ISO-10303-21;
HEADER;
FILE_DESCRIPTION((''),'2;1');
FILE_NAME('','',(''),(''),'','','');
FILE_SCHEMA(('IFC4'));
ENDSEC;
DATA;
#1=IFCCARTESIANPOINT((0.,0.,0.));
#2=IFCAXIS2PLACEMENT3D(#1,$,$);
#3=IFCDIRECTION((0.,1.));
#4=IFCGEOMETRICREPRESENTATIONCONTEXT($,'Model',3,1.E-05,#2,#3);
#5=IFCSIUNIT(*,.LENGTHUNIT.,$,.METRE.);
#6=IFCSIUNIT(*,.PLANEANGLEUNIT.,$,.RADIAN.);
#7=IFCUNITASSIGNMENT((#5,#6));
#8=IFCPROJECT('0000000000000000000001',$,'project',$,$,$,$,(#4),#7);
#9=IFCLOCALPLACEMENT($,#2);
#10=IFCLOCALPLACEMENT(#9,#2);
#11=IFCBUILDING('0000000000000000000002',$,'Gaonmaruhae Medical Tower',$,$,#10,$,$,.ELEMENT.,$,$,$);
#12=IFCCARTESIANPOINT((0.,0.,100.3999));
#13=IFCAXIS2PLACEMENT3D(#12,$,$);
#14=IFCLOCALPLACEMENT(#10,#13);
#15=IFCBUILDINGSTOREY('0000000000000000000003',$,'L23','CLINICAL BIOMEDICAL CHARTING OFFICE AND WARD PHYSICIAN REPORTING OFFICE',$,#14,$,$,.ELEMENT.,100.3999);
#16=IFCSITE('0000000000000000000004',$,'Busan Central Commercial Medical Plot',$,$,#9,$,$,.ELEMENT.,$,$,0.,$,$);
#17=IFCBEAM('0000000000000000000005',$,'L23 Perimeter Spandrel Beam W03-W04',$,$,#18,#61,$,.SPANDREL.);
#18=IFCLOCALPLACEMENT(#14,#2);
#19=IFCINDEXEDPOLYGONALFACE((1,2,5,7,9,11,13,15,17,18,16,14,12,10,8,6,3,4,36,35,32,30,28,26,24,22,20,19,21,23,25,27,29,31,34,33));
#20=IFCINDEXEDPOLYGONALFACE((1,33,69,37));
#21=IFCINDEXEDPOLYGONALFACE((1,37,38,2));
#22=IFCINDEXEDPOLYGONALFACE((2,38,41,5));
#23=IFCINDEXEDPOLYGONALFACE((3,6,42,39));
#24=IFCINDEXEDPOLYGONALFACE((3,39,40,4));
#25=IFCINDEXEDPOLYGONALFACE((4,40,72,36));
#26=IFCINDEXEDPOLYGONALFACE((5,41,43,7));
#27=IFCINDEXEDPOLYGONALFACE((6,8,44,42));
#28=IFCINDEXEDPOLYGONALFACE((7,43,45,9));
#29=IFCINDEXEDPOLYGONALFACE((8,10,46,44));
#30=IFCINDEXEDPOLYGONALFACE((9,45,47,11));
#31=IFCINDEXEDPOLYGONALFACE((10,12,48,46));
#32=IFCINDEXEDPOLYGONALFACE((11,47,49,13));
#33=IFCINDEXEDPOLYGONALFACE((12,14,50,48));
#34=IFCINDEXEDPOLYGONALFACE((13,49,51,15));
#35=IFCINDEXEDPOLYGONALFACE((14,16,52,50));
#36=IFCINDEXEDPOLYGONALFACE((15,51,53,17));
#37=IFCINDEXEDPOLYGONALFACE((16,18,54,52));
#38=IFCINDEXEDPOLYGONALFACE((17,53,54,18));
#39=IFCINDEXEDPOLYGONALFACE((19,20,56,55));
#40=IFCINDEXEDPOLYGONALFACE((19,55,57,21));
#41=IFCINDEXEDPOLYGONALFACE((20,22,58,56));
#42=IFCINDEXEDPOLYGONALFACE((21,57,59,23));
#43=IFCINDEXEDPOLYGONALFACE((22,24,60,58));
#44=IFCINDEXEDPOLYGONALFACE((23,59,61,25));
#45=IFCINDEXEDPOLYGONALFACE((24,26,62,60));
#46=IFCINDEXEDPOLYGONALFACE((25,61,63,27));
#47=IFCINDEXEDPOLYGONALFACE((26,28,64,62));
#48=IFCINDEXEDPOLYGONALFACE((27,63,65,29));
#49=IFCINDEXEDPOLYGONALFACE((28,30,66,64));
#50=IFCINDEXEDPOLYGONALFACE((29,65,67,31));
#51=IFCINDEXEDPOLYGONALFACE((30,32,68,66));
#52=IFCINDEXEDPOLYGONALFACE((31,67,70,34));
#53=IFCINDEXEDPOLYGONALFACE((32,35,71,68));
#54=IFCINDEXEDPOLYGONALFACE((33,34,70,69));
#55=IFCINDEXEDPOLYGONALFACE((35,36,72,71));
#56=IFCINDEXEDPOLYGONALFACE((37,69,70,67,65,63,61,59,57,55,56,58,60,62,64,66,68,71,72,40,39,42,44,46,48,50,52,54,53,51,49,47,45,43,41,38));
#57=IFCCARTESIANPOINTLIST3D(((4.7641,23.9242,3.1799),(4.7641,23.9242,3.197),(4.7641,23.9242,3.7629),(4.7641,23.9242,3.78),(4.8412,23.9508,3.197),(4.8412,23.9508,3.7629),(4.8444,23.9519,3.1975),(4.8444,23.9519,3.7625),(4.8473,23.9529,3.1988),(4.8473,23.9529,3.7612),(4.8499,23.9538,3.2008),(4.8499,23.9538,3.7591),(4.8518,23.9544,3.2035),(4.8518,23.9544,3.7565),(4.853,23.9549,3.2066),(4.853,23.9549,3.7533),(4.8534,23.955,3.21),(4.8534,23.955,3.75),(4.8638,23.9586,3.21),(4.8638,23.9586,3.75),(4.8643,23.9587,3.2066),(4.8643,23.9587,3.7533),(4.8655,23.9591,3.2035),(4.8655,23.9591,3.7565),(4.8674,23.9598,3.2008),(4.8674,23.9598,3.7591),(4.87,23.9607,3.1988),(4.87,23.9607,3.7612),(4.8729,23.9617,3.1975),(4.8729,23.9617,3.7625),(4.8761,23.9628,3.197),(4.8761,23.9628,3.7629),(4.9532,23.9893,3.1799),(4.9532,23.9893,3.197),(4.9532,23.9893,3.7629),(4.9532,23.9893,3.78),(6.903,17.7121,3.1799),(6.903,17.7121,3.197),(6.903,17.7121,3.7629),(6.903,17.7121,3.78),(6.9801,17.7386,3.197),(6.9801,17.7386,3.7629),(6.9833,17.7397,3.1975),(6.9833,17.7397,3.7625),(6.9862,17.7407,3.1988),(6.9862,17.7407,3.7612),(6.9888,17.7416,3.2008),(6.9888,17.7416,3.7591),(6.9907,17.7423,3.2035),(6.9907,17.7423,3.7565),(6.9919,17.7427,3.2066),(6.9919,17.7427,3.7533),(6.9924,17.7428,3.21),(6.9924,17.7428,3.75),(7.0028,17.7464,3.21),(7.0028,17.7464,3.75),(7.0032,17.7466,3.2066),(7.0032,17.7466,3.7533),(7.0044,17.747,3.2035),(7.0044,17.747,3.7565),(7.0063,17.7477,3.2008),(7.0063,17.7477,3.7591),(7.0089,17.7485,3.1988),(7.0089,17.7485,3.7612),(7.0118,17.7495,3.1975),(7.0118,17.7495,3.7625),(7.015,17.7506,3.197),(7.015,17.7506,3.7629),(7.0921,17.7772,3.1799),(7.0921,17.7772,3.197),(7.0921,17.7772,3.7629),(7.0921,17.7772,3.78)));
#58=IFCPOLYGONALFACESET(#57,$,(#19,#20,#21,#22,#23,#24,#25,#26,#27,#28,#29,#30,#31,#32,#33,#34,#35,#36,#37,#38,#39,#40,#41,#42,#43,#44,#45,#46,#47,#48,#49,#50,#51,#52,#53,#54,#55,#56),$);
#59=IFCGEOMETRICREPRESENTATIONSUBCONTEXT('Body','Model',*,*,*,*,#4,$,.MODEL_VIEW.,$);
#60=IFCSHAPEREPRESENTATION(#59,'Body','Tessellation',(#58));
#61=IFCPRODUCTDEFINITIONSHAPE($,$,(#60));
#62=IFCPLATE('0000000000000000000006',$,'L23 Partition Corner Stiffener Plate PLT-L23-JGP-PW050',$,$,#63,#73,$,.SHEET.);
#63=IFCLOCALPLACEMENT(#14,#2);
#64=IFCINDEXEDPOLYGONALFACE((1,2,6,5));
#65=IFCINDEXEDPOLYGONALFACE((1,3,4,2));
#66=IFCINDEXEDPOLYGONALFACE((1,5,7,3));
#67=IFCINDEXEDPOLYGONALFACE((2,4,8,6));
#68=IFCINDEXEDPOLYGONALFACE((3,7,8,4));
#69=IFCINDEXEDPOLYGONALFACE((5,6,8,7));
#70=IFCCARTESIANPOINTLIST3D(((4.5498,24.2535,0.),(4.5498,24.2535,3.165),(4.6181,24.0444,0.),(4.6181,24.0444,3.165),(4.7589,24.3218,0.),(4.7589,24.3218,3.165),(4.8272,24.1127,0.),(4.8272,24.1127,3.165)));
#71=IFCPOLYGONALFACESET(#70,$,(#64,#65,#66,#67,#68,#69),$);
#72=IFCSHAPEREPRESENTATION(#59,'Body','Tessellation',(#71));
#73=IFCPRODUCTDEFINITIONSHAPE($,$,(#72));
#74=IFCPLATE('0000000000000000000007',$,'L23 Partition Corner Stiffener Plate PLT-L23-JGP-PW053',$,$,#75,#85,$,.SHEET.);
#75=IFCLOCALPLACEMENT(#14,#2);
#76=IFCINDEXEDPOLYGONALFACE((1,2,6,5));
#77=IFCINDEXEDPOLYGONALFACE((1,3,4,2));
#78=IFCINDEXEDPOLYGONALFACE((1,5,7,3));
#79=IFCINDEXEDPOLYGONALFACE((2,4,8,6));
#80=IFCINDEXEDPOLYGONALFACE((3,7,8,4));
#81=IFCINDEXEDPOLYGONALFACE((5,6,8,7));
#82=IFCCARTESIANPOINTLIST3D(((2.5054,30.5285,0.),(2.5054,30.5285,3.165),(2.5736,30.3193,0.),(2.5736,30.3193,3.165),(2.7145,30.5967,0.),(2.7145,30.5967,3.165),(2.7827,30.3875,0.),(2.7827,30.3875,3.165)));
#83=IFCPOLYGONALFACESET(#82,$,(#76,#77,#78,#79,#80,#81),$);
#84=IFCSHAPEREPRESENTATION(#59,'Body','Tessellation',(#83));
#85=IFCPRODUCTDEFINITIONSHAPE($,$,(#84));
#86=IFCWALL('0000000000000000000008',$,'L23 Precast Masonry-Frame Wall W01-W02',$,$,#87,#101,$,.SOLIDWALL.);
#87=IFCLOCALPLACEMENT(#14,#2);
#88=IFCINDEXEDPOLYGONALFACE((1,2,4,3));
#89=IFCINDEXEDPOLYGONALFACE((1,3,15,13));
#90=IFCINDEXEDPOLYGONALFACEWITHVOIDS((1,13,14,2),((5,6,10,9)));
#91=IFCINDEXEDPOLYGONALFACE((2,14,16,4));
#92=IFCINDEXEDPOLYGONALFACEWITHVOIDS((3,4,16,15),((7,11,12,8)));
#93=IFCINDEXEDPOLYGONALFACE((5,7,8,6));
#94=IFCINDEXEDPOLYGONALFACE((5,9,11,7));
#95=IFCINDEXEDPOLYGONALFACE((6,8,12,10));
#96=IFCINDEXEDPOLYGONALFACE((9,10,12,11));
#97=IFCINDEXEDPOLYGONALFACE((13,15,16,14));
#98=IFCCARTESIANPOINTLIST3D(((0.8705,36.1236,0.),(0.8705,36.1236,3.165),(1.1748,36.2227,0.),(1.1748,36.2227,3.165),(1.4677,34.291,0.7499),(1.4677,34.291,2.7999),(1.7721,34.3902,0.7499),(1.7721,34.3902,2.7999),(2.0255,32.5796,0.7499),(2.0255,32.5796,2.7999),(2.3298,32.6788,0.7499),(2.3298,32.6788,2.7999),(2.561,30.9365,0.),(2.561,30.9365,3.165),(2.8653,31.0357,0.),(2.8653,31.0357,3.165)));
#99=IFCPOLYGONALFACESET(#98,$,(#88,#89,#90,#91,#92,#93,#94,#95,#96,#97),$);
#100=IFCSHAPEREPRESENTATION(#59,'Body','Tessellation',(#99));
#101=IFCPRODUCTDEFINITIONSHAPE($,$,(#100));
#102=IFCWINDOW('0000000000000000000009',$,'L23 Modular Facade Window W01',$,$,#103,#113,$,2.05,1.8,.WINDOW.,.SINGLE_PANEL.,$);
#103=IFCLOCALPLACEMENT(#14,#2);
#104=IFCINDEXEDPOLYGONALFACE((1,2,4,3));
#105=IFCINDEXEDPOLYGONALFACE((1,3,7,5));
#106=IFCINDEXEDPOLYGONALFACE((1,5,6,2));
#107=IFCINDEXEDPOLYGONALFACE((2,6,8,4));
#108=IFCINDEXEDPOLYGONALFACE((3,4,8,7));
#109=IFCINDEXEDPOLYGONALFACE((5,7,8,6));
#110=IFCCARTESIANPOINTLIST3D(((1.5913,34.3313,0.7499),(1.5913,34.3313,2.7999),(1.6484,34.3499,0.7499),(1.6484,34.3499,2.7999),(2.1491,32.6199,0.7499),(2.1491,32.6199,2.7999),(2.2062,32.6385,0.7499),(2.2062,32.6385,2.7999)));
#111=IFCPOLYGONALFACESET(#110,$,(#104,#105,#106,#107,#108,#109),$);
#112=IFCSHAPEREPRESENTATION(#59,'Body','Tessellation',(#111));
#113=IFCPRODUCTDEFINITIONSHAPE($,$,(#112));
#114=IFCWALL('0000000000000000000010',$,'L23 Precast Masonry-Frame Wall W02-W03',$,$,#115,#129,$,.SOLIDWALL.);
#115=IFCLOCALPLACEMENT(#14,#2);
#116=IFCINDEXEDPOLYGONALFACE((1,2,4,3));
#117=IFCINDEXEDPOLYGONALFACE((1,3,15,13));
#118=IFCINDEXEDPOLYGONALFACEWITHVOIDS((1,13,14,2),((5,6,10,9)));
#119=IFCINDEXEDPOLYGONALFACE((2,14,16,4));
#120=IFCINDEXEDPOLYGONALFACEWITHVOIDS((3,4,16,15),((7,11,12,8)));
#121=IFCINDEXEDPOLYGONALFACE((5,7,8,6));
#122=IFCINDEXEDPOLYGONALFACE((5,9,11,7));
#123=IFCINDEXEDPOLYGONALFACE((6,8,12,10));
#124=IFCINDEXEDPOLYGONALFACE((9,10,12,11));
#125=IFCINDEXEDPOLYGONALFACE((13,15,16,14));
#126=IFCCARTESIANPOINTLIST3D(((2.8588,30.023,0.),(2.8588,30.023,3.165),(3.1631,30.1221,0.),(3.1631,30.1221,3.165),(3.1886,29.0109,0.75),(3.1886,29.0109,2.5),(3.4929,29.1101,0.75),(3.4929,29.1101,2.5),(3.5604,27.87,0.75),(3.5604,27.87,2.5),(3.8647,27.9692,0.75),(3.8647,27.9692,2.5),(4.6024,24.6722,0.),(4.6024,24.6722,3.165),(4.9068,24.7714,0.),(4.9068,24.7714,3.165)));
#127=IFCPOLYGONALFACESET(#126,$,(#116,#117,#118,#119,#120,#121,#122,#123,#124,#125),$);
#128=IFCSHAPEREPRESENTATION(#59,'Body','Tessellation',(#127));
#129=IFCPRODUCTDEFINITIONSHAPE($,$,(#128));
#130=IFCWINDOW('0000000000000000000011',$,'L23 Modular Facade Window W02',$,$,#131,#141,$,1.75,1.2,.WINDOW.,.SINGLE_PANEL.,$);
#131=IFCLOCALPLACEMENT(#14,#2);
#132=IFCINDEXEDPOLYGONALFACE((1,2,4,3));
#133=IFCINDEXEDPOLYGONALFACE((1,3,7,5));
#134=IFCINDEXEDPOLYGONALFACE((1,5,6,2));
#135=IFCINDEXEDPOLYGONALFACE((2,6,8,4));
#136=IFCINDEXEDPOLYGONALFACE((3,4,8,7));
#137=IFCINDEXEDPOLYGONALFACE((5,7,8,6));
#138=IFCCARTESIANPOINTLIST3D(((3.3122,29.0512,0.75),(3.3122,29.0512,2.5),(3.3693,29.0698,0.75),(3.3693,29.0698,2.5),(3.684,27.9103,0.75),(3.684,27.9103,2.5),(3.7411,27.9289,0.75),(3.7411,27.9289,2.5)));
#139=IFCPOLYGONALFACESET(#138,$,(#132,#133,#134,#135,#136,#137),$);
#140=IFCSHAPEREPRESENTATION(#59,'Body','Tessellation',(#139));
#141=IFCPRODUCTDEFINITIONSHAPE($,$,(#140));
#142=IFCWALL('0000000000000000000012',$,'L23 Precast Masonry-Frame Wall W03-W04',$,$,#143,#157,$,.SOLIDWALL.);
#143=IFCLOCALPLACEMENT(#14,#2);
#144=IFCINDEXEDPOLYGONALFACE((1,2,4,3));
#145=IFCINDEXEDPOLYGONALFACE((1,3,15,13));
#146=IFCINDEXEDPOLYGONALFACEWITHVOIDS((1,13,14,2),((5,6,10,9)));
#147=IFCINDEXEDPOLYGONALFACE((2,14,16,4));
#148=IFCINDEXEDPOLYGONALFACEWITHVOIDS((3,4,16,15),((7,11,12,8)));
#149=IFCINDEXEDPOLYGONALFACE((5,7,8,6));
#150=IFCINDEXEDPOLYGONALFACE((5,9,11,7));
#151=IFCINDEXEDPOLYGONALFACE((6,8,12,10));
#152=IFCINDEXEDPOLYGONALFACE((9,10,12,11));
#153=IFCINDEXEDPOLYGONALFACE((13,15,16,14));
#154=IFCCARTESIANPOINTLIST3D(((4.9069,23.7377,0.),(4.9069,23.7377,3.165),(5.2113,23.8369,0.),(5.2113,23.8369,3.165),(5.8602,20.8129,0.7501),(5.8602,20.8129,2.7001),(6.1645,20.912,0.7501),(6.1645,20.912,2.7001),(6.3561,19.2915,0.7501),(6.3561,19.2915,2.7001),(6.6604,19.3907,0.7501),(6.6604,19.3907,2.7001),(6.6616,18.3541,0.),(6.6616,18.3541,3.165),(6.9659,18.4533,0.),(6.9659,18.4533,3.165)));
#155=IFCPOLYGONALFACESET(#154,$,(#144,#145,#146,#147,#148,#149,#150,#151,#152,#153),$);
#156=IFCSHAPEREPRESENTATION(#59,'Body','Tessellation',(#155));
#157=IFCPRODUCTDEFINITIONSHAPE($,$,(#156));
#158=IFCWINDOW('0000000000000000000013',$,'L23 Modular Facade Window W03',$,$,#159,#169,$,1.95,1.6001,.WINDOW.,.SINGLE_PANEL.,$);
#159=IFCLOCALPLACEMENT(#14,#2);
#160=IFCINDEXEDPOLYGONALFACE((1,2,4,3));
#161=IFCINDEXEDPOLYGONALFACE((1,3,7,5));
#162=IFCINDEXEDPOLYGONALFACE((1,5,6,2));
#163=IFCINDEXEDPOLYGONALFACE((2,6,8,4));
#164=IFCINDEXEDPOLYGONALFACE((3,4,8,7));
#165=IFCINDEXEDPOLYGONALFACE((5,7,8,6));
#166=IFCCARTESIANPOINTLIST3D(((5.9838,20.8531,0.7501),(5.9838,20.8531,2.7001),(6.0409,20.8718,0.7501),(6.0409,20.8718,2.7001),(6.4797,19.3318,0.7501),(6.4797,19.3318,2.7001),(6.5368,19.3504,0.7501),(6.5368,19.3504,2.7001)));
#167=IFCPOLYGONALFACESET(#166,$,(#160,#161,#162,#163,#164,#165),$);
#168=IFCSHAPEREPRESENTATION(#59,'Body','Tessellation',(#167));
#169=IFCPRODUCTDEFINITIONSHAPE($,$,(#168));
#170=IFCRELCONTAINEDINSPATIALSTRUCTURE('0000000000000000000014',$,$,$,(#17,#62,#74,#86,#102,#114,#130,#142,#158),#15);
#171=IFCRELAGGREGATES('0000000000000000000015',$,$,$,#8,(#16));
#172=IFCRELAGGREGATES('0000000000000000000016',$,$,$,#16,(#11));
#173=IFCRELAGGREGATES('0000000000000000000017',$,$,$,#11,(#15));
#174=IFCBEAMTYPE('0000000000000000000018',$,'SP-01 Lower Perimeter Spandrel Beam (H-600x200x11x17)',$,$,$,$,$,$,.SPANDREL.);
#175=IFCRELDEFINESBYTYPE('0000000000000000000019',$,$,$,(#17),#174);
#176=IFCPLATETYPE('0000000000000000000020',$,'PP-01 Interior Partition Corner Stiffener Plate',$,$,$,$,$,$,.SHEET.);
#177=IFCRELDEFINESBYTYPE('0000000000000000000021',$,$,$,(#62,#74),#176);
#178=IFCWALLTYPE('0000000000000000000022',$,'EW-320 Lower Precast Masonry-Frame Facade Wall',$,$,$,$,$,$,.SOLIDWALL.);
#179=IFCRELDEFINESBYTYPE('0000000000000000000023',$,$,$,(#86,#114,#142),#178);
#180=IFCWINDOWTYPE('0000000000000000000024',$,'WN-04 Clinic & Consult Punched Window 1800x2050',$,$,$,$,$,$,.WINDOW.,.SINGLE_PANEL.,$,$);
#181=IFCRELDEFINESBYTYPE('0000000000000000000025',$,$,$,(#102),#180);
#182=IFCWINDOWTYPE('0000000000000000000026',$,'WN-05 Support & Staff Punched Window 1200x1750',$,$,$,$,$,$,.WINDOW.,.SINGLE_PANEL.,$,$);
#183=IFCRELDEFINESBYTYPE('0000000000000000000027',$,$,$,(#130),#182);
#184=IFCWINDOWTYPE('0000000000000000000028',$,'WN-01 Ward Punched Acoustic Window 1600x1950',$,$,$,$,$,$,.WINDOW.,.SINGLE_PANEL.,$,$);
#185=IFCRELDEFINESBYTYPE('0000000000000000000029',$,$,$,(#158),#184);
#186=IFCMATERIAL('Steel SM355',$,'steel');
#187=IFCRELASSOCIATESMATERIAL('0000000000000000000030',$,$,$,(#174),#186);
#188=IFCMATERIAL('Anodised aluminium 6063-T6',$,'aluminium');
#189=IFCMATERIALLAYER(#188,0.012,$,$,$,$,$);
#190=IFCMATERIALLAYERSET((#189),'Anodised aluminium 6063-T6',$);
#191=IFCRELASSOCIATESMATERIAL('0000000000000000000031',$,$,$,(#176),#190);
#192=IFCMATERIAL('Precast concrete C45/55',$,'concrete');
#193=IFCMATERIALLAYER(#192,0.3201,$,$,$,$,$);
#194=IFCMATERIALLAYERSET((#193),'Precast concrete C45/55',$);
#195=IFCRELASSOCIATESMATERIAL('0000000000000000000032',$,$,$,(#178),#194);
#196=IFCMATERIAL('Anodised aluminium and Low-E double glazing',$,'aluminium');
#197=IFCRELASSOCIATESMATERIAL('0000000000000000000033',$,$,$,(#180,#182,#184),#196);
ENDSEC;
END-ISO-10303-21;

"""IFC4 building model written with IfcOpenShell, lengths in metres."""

from ifc_helpers import new_model, si_unit, direction, frame, frame_2d, origin, origin_2d, place, context, subcontext, project, spatial, rectangle, i_section, extrude, material, layer, layer_set, material_profile, profile_set, type_object, element, fill, save


model = new_model("IFC4")

# Units and contexts
model_context = context("Model", 3, precision=1e-05, world=origin(), true_north=direction((0.0, 1.0)))
body_context = subcontext(model_context, "Body", "Model", "MODEL_VIEW")
ifc_project = project(units=[si_unit("LENGTHUNIT", "METRE"), si_unit("PLANEANGLEUNIT", "RADIAN")], contexts=[model_context])

# Site, building, storey
site_placement = place(None, origin())
site = spatial("IfcSite", under=ifc_project, at=site_placement, Name="Busan Central Commercial Medical Plot", CompositionType="ELEMENT", RefElevation=0.0)
building_placement = place(site_placement, origin())
building = spatial("IfcBuilding", under=site, at=building_placement, Name="Gaonmaruhae Medical Tower", CompositionType="ELEMENT")
storey_placement = place(building_placement, frame((0.0, 0.0, 100.3999)))
storey = spatial("IfcBuildingStorey", under=building, at=storey_placement, Name="L23", Description="CLINICAL BIOMEDICAL CHARTING OFFICE AND WARD PHYSICIAN REPORTING OFFICE", CompositionType="ELEMENT", Elevation=100.3999)

# Beam
ifc_material_1 = material(Name="Steel SM355", Category="steel")
ifc_material_profile_1 = material_profile(ifc_material_1, i_section(OverallWidth=0.2, OverallDepth=0.6001, WebThickness=0.011, FlangeThickness=0.0171, FilletRadius=0.0129, at=origin_2d()), Name="H-600x200x11x17")
ifc_profile_set_1 = profile_set([ifc_material_profile_1], Name="Steel SM355")
beam_type_1 = type_object("IfcBeamType", Name="SP-01 Lower Perimeter Spandrel Beam (H-600x200x11x17)", PredefinedType="SPANDREL", material=ifc_profile_set_1)
beam_1_placement = place(storey_placement, frame((4.8586, 23.9568, 3.48), z_axis=(0.325554, -0.945523, 0.0), x_axis=(0.945523, 0.325554, 0.0)))
element("IfcBeam", 1, at=beam_1_placement, inside=storey, type_object=beam_type_1, Name="L23 Perimeter Spandrel Beam W03-W04", PredefinedType="SPANDREL", context=body_context, shape_type="SweptSolid", body=[
    extrude(i_section(OverallWidth=0.2, OverallDepth=0.6001, WebThickness=0.011, FlangeThickness=0.0171, FilletRadius=0.0129, at=origin_2d()), origin(), (0.0, 0.0, 1.0), 6.5701),
])

# Plates
ifc_material_2 = material(Name="Anodised aluminium 6063-T6", Category="aluminium")
ifc_layer_1 = layer(ifc_material_2, 0.012)
ifc_layer_set_1 = layer_set([ifc_layer_1], Name="Anodised aluminium 6063-T6")
plate_type = type_object("IfcPlateType", Name="PP-01 Interior Partition Corner Stiffener Plate", PredefinedType="SHEET", material=ifc_layer_set_1)
for number, where, z_axis, x_axis, name in (
    (2, (4.6885, 24.1831, 0.0), (0.0, 0.0, 1.0), (-0.310428, 0.950597, 0.0), "L23 Partition Corner Stiffener Plate PLT-L23-JGP-PW050"),
    (3, (2.644, 30.458, 0.0), (0.0, 0.0, 1.0), (-0.30998, 0.950743, 0.0), "L23 Partition Corner Stiffener Plate PLT-L23-JGP-PW053"),
):
    element("IfcPlate", number, at=place(storey_placement, frame(where, z_axis=z_axis, x_axis=x_axis)), inside=storey, type_object=plate_type, Name=name, PredefinedType="SHEET", context=body_context, shape_type="SweptSolid", body=[
        extrude(rectangle(XDim=0.22, YDim=0.22, at=origin_2d()), origin(), (0.0, 0.0, 1.0), 3.165),
    ])

# Walls, openings, windows
ifc_material_3 = material(Name="Precast concrete C45/55", Category="concrete")
ifc_layer_2 = layer(ifc_material_3, 0.3201)
ifc_layer_set_2 = layer_set([ifc_layer_2], Name="Precast concrete C45/55")
wall_type_1 = type_object("IfcWallType", Name="EW-320 Lower Precast Masonry-Frame Facade Wall", PredefinedType="SOLIDWALL", material=ifc_layer_set_2)
wall_1_placement = place(storey_placement, frame((2.7131, 30.9861, 0.0), z_axis=(0.0, 0.0, 1.0), x_axis=(-0.309857, 0.950783, 0.0)))
wall_1 = element("IfcWall", 4, at=wall_1_placement, inside=storey, type_object=wall_type_1, Name="L23 Precast Masonry-Frame Wall W01-W02", PredefinedType="SOLIDWALL", context=body_context, shape_type="SweptSolid", body=[
    extrude(rectangle(XDim=5.4556, YDim=0.3201, at=frame_2d((2.7278, 0.0))), origin(), (0.0, 0.0, 1.0), 3.165),
])
opening_1_placement = place(wall_1_placement, frame((1.7283, 0.0, 0.75)))
opening_1 = element("IfcOpeningElement", 5, at=opening_1_placement, cuts=wall_1, PredefinedType="OPENING", context=body_context, shape_type="SweptSolid", body=[
    extrude(rectangle(XDim=1.8, YDim=2.05, at=frame_2d((0.8999, 1.0249))), frame((0.0, 0.1699, 0.0), z_axis=(0.0, -1.0, 0.0), x_axis=(1.0, 0.0, 0.0)), (0.0, 0.0, 1.0), 0.3401),
])
ifc_material_4 = material(Name="Anodised aluminium and Low-E double glazing", Category="aluminium")
window_type_1 = type_object("IfcWindowType", Name="WN-04 Clinic & Consult Punched Window 1800x2050", PartitioningType="SINGLE_PANEL", PredefinedType="WINDOW", material=ifc_material_4)
window_1_placement = place(opening_1_placement, origin())
window_1 = element("IfcWindow", 6, at=window_1_placement, inside=storey, type_object=window_type_1, Name="L23 Modular Facade Window W01", OverallHeight=2.05, OverallWidth=1.8, PartitioningType="SINGLE_PANEL", PredefinedType="WINDOW", context=body_context, shape_type="SweptSolid", body=[
    extrude(rectangle(XDim=1.8, YDim=2.05, at=frame_2d((0.8999, 1.0249))), frame((0.0, 0.03, 0.0), z_axis=(0.0, -1.0, 0.0), x_axis=(1.0, 0.0, 0.0)), (0.0, 0.0, 1.0), 0.0601),
])
fill(opening_1, window_1)
wall_2_placement = place(storey_placement, frame((4.7546, 24.7217, 0.0), z_axis=(0.0, 0.0, 1.0), x_axis=(-0.309831, 0.950792, 0.0)))
wall_2 = element("IfcWall", 7, at=wall_2_placement, inside=storey, type_object=wall_type_1, Name="L23 Precast Masonry-Frame Wall W02-W03", PredefinedType="SOLIDWALL", context=body_context, shape_type="SweptSolid", body=[
    extrude(rectangle(XDim=5.6277, YDim=0.3201, at=frame_2d((2.814, 0.0))), origin(), (0.0, 0.0, 1.0), 3.165),
])
opening_2_placement = place(wall_2_placement, frame((3.3633, 0.0, 0.75)))
opening_2 = element("IfcOpeningElement", 8, at=opening_2_placement, cuts=wall_2, PredefinedType="OPENING", context=body_context, shape_type="SweptSolid", body=[
    extrude(rectangle(XDim=1.2, YDim=1.75, at=frame_2d((0.6001, 0.875))), frame((0.0, 0.1699, 0.0), z_axis=(0.0, -1.0, 0.0), x_axis=(1.0, 0.0, 0.0)), (0.0, 0.0, 1.0), 0.3401),
])
window_type_2 = type_object("IfcWindowType", Name="WN-05 Support & Staff Punched Window 1200x1750", PartitioningType="SINGLE_PANEL", PredefinedType="WINDOW", material=ifc_material_4)
window_2_placement = place(opening_2_placement, origin())
window_2 = element("IfcWindow", 9, at=window_2_placement, inside=storey, type_object=window_type_2, Name="L23 Modular Facade Window W02", OverallHeight=1.75, OverallWidth=1.2, PartitioningType="SINGLE_PANEL", PredefinedType="WINDOW", context=body_context, shape_type="SweptSolid", body=[
    extrude(rectangle(XDim=1.2, YDim=1.75, at=frame_2d((0.6001, 0.875))), frame((0.0, 0.03, 0.0), z_axis=(0.0, -1.0, 0.0), x_axis=(1.0, 0.0, 0.0)), (0.0, 0.0, 1.0), 0.0601),
])
fill(opening_2, window_2)
wall_3_placement = place(storey_placement, frame((6.8137, 18.4038, 0.0), z_axis=(0.0, 0.0, 1.0), x_axis=(-0.309882, 0.950775, 0.0)))
wall_3 = element("IfcWall", 10, at=wall_3_placement, inside=storey, type_object=wall_type_1, Name="L23 Precast Masonry-Frame Wall W03-W04", PredefinedType="SOLIDWALL", context=body_context, shape_type="SweptSolid", body=[
    extrude(rectangle(XDim=5.6624, YDim=0.3201, at=frame_2d((2.8311, 0.0))), origin(), (0.0, 0.0, 1.0), 3.165),
])
opening_3_placement = place(wall_3_placement, frame((0.9858, 0.0, 0.75)))
opening_3 = element("IfcOpeningElement", 11, at=opening_3_placement, cuts=wall_3, PredefinedType="OPENING", context=body_context, shape_type="SweptSolid", body=[
    extrude(rectangle(XDim=1.6001, YDim=1.95, at=frame_2d((0.8, 0.9751))), frame((0.0, 0.1699, 0.0), z_axis=(0.0, -1.0, 0.0), x_axis=(1.0, 0.0, 0.0)), (0.0, 0.0, 1.0), 0.3401),
])
window_type_3 = type_object("IfcWindowType", Name="WN-01 Ward Punched Acoustic Window 1600x1950", PartitioningType="SINGLE_PANEL", PredefinedType="WINDOW", material=ifc_material_4)
window_3_placement = place(opening_3_placement, origin())
window_3 = element("IfcWindow", 12, at=window_3_placement, inside=storey, type_object=window_type_3, Name="L23 Modular Facade Window W03", OverallHeight=1.95, OverallWidth=1.6001, PartitioningType="SINGLE_PANEL", PredefinedType="WINDOW", context=body_context, shape_type="SweptSolid", body=[
    extrude(rectangle(XDim=1.6001, YDim=1.95, at=frame_2d((0.8, 0.9751))), frame((0.0, 0.03, 0.0), z_axis=(0.0, -1.0, 0.0), x_axis=(1.0, 0.0, 0.0)), (0.0, 0.0, 1.0), 0.0601),
])
fill(opening_3, window_3)

save(model, "model.ifc")
